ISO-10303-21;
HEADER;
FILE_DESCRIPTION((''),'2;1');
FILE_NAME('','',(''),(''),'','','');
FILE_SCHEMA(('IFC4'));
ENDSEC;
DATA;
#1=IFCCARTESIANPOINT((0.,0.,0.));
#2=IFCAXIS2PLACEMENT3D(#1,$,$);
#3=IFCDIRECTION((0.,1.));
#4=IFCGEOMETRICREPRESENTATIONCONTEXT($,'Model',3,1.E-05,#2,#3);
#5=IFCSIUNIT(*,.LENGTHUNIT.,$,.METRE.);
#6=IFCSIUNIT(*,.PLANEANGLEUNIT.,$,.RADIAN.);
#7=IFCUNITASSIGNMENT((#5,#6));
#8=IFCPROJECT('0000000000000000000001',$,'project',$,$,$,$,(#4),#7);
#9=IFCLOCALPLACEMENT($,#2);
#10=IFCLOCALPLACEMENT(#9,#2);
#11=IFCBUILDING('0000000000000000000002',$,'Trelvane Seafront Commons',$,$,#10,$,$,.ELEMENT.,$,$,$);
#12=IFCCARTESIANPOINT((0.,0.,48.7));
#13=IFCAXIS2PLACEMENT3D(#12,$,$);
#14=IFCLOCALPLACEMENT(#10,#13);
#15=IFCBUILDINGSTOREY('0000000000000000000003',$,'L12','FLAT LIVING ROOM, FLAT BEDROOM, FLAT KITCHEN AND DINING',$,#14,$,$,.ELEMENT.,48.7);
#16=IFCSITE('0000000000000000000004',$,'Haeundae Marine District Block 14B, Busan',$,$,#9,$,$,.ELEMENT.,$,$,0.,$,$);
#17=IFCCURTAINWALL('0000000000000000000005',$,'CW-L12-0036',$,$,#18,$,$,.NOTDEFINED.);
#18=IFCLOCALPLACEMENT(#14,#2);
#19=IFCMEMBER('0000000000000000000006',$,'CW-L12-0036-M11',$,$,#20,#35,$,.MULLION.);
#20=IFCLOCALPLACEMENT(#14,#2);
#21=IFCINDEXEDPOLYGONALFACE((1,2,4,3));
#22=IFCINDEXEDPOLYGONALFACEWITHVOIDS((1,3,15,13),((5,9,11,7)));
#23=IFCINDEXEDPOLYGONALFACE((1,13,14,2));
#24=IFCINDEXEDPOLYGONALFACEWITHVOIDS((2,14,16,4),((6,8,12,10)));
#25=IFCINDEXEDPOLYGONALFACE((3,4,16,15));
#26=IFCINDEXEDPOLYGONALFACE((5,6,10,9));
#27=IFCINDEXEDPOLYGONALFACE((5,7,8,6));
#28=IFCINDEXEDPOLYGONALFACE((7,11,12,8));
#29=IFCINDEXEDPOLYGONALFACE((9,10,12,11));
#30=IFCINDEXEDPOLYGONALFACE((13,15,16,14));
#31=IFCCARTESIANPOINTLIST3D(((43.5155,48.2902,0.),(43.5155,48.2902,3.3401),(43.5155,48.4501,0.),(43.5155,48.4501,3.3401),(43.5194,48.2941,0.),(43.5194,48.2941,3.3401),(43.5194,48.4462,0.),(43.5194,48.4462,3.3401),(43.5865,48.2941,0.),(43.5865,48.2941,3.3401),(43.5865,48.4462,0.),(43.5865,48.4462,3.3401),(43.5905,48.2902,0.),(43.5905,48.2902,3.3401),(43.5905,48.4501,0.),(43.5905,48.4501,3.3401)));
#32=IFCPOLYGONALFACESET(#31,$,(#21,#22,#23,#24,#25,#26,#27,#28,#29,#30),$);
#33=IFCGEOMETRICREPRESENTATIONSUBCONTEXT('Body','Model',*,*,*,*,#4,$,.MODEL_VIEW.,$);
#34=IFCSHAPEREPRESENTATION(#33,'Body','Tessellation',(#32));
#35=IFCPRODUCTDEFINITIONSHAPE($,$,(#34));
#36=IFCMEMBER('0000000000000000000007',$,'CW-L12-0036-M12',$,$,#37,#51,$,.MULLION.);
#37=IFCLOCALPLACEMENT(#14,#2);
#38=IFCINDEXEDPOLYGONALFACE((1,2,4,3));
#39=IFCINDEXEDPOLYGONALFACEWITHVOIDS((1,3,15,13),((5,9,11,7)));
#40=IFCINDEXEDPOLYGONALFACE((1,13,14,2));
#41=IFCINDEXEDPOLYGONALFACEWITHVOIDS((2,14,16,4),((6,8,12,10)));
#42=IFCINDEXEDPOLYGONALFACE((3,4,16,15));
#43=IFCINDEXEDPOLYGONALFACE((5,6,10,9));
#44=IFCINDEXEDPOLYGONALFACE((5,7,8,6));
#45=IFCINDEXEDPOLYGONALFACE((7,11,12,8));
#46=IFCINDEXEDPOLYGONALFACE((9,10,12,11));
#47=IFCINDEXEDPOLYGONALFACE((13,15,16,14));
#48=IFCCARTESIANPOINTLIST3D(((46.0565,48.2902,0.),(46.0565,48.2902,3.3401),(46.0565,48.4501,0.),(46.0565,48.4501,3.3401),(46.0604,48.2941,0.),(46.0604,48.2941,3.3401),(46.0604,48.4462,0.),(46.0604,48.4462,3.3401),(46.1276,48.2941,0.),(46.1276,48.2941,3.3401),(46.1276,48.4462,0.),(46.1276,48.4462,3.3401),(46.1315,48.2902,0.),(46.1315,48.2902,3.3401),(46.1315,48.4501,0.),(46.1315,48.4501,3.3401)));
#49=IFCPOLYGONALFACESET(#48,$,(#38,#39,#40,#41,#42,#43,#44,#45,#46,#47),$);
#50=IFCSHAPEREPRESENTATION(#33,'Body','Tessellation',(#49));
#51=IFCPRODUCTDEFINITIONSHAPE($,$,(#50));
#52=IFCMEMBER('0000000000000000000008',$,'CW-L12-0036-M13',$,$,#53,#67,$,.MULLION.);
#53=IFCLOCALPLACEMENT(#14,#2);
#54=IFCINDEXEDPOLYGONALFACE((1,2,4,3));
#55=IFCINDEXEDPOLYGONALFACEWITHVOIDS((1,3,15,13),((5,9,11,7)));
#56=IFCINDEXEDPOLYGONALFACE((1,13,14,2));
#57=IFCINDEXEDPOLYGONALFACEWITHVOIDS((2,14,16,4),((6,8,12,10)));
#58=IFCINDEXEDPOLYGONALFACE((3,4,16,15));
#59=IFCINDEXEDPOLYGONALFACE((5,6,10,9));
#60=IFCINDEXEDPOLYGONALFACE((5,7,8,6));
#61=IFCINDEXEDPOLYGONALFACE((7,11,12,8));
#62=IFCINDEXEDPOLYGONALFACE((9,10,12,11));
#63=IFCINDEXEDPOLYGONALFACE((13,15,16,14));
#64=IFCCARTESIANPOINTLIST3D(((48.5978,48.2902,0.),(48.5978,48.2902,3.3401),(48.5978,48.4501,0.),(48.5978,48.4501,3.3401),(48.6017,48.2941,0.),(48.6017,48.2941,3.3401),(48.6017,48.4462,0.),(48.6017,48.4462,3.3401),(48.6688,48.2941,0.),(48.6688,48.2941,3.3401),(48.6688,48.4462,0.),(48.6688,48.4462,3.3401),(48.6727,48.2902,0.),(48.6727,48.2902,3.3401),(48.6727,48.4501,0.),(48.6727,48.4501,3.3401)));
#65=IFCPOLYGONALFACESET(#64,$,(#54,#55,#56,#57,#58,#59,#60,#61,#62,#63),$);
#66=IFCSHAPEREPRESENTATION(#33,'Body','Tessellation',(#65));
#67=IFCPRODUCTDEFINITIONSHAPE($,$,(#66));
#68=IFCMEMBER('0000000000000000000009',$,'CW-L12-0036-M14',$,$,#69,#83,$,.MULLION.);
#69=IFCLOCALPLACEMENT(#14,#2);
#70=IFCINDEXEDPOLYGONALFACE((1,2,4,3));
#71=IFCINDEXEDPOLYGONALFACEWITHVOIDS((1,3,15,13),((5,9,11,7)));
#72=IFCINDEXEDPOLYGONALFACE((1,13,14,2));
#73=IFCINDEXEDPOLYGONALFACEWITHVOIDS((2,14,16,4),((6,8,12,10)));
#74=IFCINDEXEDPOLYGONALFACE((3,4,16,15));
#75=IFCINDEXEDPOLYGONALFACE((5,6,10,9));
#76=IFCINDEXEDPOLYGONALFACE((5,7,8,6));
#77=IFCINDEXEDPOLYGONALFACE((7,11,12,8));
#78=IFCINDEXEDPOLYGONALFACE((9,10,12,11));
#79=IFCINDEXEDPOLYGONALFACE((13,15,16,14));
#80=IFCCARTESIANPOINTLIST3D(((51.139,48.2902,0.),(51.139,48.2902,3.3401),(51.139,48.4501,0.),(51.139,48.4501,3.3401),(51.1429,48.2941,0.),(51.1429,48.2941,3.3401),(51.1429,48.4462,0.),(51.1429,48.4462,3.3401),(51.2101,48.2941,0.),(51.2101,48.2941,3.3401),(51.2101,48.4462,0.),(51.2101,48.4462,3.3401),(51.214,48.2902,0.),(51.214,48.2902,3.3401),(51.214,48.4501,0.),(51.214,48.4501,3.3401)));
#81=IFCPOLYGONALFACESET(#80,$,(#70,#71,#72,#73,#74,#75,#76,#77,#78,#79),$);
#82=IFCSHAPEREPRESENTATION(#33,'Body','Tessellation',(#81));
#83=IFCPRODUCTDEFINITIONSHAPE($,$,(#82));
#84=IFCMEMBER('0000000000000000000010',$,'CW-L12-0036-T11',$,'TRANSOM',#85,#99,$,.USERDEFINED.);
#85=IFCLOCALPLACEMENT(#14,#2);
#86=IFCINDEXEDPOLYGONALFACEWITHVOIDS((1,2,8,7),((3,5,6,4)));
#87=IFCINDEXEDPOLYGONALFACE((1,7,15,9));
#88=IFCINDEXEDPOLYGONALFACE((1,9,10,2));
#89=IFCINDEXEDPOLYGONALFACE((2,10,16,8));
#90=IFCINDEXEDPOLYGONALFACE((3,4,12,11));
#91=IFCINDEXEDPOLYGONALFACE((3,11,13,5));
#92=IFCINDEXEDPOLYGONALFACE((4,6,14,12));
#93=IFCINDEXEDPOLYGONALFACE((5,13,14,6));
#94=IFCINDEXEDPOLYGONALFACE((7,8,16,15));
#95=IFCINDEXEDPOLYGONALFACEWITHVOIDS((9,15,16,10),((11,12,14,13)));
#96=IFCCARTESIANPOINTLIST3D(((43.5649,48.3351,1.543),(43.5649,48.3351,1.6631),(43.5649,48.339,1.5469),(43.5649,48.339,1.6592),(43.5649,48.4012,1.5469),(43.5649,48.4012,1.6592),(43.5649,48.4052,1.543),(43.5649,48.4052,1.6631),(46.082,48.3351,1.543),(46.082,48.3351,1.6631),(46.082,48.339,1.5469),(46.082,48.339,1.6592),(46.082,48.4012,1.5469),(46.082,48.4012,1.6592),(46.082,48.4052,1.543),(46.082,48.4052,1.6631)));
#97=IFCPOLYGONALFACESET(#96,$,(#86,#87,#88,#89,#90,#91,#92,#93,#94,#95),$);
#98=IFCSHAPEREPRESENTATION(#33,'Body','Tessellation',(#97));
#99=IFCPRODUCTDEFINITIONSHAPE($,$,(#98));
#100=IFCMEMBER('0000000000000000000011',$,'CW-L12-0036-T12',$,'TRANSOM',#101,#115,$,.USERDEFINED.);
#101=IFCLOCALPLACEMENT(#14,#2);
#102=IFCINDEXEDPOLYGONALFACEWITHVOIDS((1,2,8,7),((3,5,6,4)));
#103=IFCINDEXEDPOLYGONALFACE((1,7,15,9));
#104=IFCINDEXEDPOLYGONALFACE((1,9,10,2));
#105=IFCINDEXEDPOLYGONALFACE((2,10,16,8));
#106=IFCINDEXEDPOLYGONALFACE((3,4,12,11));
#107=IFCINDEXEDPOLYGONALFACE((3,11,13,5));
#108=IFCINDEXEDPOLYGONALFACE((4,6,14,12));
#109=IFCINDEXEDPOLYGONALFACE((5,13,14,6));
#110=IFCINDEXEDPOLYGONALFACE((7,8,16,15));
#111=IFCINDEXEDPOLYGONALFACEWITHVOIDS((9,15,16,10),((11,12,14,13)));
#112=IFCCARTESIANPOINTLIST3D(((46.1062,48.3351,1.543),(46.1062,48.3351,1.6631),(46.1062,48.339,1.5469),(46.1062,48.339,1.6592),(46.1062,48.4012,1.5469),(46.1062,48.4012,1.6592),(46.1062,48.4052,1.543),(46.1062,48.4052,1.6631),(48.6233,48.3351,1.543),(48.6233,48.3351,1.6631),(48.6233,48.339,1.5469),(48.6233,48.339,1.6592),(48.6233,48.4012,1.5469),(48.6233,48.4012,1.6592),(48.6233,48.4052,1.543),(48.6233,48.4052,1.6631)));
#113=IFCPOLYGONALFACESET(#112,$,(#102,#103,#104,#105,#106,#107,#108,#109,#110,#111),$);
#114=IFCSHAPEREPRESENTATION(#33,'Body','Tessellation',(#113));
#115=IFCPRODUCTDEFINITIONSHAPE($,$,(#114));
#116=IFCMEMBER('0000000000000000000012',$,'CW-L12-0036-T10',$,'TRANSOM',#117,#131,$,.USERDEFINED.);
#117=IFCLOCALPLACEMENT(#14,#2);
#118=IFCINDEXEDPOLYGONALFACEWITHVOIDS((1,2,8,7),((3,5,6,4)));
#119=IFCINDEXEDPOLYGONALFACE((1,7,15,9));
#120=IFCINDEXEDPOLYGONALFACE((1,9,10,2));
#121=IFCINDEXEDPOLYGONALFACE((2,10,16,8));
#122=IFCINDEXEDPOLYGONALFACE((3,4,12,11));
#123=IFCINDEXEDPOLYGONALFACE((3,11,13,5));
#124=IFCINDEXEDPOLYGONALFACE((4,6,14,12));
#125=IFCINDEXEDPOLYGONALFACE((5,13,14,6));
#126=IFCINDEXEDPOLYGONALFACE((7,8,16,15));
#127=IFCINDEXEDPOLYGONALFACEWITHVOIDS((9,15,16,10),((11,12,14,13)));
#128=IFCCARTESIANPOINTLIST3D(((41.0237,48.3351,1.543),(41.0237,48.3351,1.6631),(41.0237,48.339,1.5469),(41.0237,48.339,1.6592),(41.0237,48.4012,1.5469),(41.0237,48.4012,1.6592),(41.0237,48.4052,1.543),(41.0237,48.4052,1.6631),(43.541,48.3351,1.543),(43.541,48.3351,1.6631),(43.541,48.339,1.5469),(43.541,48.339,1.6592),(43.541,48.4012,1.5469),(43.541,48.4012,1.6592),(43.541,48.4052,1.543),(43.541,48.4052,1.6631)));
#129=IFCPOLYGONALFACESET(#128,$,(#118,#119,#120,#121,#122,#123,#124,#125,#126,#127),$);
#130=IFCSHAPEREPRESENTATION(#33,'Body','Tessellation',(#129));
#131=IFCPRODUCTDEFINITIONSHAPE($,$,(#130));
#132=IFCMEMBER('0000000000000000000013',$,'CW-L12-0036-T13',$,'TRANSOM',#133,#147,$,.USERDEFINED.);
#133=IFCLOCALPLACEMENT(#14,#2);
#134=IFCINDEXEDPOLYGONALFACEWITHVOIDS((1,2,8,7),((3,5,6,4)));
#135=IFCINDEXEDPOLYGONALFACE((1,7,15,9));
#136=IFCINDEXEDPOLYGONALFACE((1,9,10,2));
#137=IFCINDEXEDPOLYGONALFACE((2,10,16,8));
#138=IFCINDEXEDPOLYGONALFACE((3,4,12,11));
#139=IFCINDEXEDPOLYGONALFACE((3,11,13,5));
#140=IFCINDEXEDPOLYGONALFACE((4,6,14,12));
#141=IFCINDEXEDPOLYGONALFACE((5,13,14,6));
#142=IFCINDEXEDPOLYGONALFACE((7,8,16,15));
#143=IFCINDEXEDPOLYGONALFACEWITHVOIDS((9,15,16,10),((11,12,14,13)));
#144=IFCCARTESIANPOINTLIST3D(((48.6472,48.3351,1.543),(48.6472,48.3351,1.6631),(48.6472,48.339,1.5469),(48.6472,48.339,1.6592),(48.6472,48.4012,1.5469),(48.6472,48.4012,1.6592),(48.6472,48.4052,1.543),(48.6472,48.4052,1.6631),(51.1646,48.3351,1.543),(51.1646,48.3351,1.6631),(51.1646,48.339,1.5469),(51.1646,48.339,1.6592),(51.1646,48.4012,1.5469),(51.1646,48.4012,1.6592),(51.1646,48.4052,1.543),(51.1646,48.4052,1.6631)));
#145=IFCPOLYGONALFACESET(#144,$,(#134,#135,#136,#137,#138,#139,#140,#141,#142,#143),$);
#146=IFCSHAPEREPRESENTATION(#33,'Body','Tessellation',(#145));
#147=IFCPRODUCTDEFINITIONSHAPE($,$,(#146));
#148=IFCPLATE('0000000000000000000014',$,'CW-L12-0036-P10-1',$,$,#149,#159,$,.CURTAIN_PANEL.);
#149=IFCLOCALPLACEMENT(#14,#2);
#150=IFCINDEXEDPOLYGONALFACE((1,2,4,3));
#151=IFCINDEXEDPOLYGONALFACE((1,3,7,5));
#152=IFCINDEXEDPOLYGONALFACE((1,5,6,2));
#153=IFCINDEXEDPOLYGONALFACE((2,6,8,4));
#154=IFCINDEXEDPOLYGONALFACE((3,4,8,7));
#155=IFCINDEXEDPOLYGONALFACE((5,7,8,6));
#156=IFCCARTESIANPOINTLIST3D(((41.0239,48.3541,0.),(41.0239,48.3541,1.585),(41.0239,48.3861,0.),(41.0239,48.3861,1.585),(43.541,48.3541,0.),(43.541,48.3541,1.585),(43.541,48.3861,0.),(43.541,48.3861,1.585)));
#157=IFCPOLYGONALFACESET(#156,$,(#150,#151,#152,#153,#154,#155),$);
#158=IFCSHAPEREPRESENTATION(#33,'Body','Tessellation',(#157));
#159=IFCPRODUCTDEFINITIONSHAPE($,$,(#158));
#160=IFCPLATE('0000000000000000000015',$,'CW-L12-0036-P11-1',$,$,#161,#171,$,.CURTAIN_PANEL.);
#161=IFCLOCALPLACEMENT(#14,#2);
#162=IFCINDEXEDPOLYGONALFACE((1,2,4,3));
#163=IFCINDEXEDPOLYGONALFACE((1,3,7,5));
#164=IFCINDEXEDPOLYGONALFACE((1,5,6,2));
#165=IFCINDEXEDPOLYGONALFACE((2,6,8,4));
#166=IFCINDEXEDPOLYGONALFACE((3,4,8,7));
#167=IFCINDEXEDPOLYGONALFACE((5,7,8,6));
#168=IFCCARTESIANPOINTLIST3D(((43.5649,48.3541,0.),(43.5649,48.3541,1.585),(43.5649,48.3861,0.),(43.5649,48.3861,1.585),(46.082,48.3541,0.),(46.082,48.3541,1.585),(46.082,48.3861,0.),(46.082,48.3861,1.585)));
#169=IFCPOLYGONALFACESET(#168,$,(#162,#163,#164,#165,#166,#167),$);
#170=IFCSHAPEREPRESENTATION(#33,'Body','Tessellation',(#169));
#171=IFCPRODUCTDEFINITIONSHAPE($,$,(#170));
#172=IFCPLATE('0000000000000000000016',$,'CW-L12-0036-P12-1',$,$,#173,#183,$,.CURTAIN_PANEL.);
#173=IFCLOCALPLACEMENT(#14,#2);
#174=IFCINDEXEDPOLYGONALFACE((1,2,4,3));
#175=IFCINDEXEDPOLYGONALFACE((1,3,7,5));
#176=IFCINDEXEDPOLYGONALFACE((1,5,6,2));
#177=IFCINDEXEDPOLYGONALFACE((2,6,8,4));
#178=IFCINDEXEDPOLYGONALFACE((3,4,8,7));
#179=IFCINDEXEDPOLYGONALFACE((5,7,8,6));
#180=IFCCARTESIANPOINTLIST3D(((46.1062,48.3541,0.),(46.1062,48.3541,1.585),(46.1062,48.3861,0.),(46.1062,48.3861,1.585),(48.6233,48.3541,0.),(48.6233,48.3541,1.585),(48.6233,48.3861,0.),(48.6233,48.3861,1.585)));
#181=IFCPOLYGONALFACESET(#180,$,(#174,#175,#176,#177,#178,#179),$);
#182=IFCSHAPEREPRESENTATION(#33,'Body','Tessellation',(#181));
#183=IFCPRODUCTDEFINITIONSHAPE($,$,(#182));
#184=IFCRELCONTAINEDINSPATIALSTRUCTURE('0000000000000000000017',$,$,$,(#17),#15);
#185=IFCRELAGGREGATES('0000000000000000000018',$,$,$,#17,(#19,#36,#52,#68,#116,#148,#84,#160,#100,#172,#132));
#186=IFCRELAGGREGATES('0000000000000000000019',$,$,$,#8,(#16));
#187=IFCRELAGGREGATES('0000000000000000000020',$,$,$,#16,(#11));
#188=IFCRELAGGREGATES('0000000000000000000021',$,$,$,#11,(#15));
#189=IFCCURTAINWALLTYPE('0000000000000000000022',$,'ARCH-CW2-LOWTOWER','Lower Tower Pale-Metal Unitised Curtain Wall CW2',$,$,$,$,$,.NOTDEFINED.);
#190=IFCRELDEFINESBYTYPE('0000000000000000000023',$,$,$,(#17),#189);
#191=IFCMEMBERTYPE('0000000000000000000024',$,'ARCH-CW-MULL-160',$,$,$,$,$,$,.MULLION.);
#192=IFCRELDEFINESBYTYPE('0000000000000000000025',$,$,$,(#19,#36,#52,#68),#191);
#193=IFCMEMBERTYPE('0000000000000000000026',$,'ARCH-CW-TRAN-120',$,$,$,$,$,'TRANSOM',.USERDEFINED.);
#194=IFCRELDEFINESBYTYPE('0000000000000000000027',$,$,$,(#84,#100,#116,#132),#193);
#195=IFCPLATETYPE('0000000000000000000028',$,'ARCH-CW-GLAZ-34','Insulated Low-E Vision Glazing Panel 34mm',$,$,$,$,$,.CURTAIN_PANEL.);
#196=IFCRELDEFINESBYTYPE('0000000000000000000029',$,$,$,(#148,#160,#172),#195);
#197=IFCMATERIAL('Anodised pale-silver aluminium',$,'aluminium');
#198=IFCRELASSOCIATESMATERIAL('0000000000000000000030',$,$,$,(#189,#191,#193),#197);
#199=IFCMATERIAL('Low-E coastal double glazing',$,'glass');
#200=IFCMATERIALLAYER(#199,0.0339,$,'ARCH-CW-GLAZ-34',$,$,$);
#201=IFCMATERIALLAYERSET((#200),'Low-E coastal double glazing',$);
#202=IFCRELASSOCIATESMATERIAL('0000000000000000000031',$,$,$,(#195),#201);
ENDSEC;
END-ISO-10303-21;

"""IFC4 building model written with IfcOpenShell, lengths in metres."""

from ifc_helpers import new_model, si_unit, direction, frame, origin, origin_2d, place, context, subcontext, project, spatial, rectangle, hollow_rectangle, extrude, source, transform, mapped, material, layer, layer_set, material_profile, profile_set, type_object, element, aggregate, save


model = new_model("IFC4")

# Units and contexts
model_context = context("Model", 3, precision=1e-05, world=origin(), true_north=direction((0.0, 1.0)))
body_context = subcontext(model_context, "Body", "Model", "MODEL_VIEW")
ifc_project = project(units=[si_unit("LENGTHUNIT", "METRE"), si_unit("PLANEANGLEUNIT", "RADIAN")], contexts=[model_context])

# Site, building, storey
site_placement = place(None, origin())
site = spatial("IfcSite", under=ifc_project, at=site_placement, Name="Haeundae Marine District Block 14B, Busan", CompositionType="ELEMENT", RefElevation=0.0)
building_placement = place(site_placement, origin())
building = spatial("IfcBuilding", under=site, at=building_placement, Name="Trelvane Seafront Commons", CompositionType="ELEMENT")
storey_placement = place(building_placement, frame((0.0, 0.0, 48.7)))
storey = spatial("IfcBuildingStorey", under=building, at=storey_placement, Name="L12", Description="FLAT LIVING ROOM, FLAT BEDROOM, FLAT KITCHEN AND DINING", CompositionType="ELEMENT", Elevation=48.7)

# Curtain wall, members, plates
ifc_material_1 = material(Name="Anodised pale-silver aluminium", Category="aluminium")
curtain_wall_type = type_object("IfcCurtainWallType", Name="ARCH-CW2-LOWTOWER", Description="Lower Tower Pale-Metal Unitised Curtain Wall CW2", PredefinedType="NOTDEFINED", material=ifc_material_1)
curtain_wall_placement = place(storey_placement, origin())
curtain_wall = element("IfcCurtainWall", 1, at=curtain_wall_placement, inside=storey, type_object=curtain_wall_type, Name="CW-L12-0036", PredefinedType="NOTDEFINED")
ifc_material_profile_1 = material_profile(ifc_material_1, hollow_rectangle(XDim=0.075, YDim=0.1599, WallThickness=0.0039, at=origin_2d()), Name="MULL-75x160x4")
ifc_profile_set_1 = profile_set([ifc_material_profile_1], Name="Anodised pale-silver aluminium")
member_type_1 = type_object("IfcMemberType", Name="ARCH-CW-MULL-160", PredefinedType="MULLION", material=ifc_profile_set_1)
shared_shape_1 = source(origin(), body_context, "Body", "SweptSolid", [
    extrude(hollow_rectangle(XDim=0.075, YDim=0.1599, WallThickness=0.0039, at=origin_2d()), origin(), (0.0, 0.0, 1.0), 3.3401),
])
member_1_placement = place(storey_placement, frame((43.553, 48.3701, 0.0), z_axis=(0.0, 0.0, 1.0), x_axis=(1.0, 0.0, 0.0)))
member_1 = element("IfcMember", 2, at=member_1_placement, type_object=member_type_1, Name="CW-L12-0036-M11", PredefinedType="MULLION", context=body_context, shape_type="MappedRepresentation", body=[
    mapped(shared_shape_1, transform((0.0, 0.0, 0.0), x_axis=(1.0, 0.0, 0.0), y_axis=(0.0, 1.0, 0.0), z_axis=(0.0, 0.0, 1.0), scale=1.0)),
])
member_2_placement = place(storey_placement, frame((46.094, 48.3701, 0.0), z_axis=(0.0, 0.0, 1.0), x_axis=(1.0, 0.0, 0.0)))
member_2 = element("IfcMember", 3, at=member_2_placement, type_object=member_type_1, Name="CW-L12-0036-M12", PredefinedType="MULLION", context=body_context, shape_type="MappedRepresentation", body=[
    mapped(shared_shape_1, transform((0.0, 0.0, 0.0), x_axis=(1.0, 0.0, 0.0), y_axis=(0.0, 1.0, 0.0), z_axis=(0.0, 0.0, 1.0), scale=1.0)),
])
member_3_placement = place(storey_placement, frame((48.6353, 48.3701, 0.0), z_axis=(0.0, 0.0, 1.0), x_axis=(1.0, 0.0, 0.0)))
member_3 = element("IfcMember", 4, at=member_3_placement, type_object=member_type_1, Name="CW-L12-0036-M13", PredefinedType="MULLION", context=body_context, shape_type="MappedRepresentation", body=[
    mapped(shared_shape_1, transform((0.0, 0.0, 0.0), x_axis=(1.0, 0.0, 0.0), y_axis=(0.0, 1.0, 0.0), z_axis=(0.0, 0.0, 1.0), scale=1.0)),
])
member_4_placement = place(storey_placement, frame((51.1765, 48.3701, 0.0), z_axis=(0.0, 0.0, 1.0), x_axis=(1.0, 0.0, 0.0)))
member_4 = element("IfcMember", 5, at=member_4_placement, type_object=member_type_1, Name="CW-L12-0036-M14", PredefinedType="MULLION", context=body_context, shape_type="MappedRepresentation", body=[
    mapped(shared_shape_1, transform((0.0, 0.0, 0.0), x_axis=(1.0, 0.0, 0.0), y_axis=(0.0, 1.0, 0.0), z_axis=(0.0, 0.0, 1.0), scale=1.0)),
])
ifc_material_profile_2 = material_profile(ifc_material_1, hollow_rectangle(XDim=0.0701, YDim=0.1201, WallThickness=0.0039, at=origin_2d()), Name="TRAN-70x120x4")
ifc_profile_set_2 = profile_set([ifc_material_profile_2], Name="Anodised pale-silver aluminium")
member_type_2 = type_object("IfcMemberType", Name="ARCH-CW-TRAN-120", ElementType="TRANSOM", PredefinedType="USERDEFINED", material=ifc_profile_set_2)
shared_shape_2 = source(origin(), body_context, "Body", "SweptSolid", [
    extrude(hollow_rectangle(XDim=0.0701, YDim=0.1201, WallThickness=0.0039, at=origin_2d()), origin(), (0.0, 0.0, 1.0), 2.5171),
])
member_5_placement = place(storey_placement, frame((43.5649, 48.3701, 1.603), z_axis=(1.0, 0.0, 0.0), x_axis=(0.0, 1.0, 0.0)))
member_5 = element("IfcMember", 6, at=member_5_placement, type_object=member_type_2, Name="CW-L12-0036-T11", ObjectType="TRANSOM", PredefinedType="USERDEFINED", context=body_context, shape_type="MappedRepresentation", body=[
    mapped(shared_shape_2, transform((0.0, 0.0, 0.0), x_axis=(1.0, 0.0, 0.0), y_axis=(0.0, 1.0, 0.0), z_axis=(0.0, 0.0, 1.0), scale=1.0)),
])
member_6_placement = place(storey_placement, frame((46.1062, 48.3701, 1.603), z_axis=(1.0, 0.0, 0.0), x_axis=(0.0, 1.0, 0.0)))
member_6 = element("IfcMember", 7, at=member_6_placement, type_object=member_type_2, Name="CW-L12-0036-T12", ObjectType="TRANSOM", PredefinedType="USERDEFINED", context=body_context, shape_type="MappedRepresentation", body=[
    mapped(shared_shape_2, transform((0.0, 0.0, 0.0), x_axis=(1.0, 0.0, 0.0), y_axis=(0.0, 1.0, 0.0), z_axis=(0.0, 0.0, 1.0), scale=1.0)),
])
shared_shape_3 = source(origin(), body_context, "Body", "SweptSolid", [
    extrude(hollow_rectangle(XDim=0.0701, YDim=0.1201, WallThickness=0.0039, at=origin_2d()), origin(), (0.0, 0.0, 1.0), 2.5173),
])
member_7_placement = place(storey_placement, frame((41.0237, 48.3701, 1.603), z_axis=(1.0, 0.0, 0.0), x_axis=(0.0, 1.0, 0.0)))
member_7 = element("IfcMember", 8, at=member_7_placement, type_object=member_type_2, Name="CW-L12-0036-T10", ObjectType="TRANSOM", PredefinedType="USERDEFINED", context=body_context, shape_type="MappedRepresentation", body=[
    mapped(shared_shape_3, transform((0.0, 0.0, 0.0), x_axis=(1.0, 0.0, 0.0), y_axis=(0.0, 1.0, 0.0), z_axis=(0.0, 0.0, 1.0), scale=1.0)),
])
member_8_placement = place(storey_placement, frame((48.6472, 48.3701, 1.603), z_axis=(1.0, 0.0, 0.0), x_axis=(0.0, 1.0, 0.0)))
member_8 = element("IfcMember", 9, at=member_8_placement, type_object=member_type_2, Name="CW-L12-0036-T13", ObjectType="TRANSOM", PredefinedType="USERDEFINED", context=body_context, shape_type="MappedRepresentation", body=[
    mapped(shared_shape_3, transform((0.0, 0.0, 0.0), x_axis=(1.0, 0.0, 0.0), y_axis=(0.0, 1.0, 0.0), z_axis=(0.0, 0.0, 1.0), scale=1.0)),
])
ifc_material_2 = material(Name="Low-E coastal double glazing", Category="glass")
ifc_layer_1 = layer(ifc_material_2, 0.0339, Name="ARCH-CW-GLAZ-34")
ifc_layer_set_1 = layer_set([ifc_layer_1], Name="Low-E coastal double glazing")
plate_type_1 = type_object("IfcPlateType", Name="ARCH-CW-GLAZ-34", Description="Insulated Low-E Vision Glazing Panel 34mm", PredefinedType="CURTAIN_PANEL", material=ifc_layer_set_1)
shared_shape_4 = source(origin(), body_context, "Body", "SweptSolid", [
    extrude(rectangle(XDim=2.5171, YDim=0.032, at=origin_2d()), origin(), (0.0, 0.0, 1.0), 1.585),
])
plate_1_placement = place(storey_placement, frame((42.2825, 48.3701, 0.0), z_axis=(0.0, 0.0, 1.0), x_axis=(1.0, 0.0, 0.0)))
plate_1 = element("IfcPlate", 10, at=plate_1_placement, type_object=plate_type_1, Name="CW-L12-0036-P10-1", PredefinedType="CURTAIN_PANEL", context=body_context, shape_type="MappedRepresentation", body=[
    mapped(shared_shape_4, transform((0.0, 0.0, 0.0), x_axis=(1.0, 0.0, 0.0), y_axis=(0.0, 1.0, 0.0), z_axis=(0.0, 0.0, 1.0), scale=1.0)),
])
plate_2_placement = place(storey_placement, frame((44.8235, 48.3701, 0.0), z_axis=(0.0, 0.0, 1.0), x_axis=(1.0, 0.0, 0.0)))
plate_2 = element("IfcPlate", 11, at=plate_2_placement, type_object=plate_type_1, Name="CW-L12-0036-P11-1", PredefinedType="CURTAIN_PANEL", context=body_context, shape_type="MappedRepresentation", body=[
    mapped(shared_shape_4, transform((0.0, 0.0, 0.0), x_axis=(1.0, 0.0, 0.0), y_axis=(0.0, 1.0, 0.0), z_axis=(0.0, 0.0, 1.0), scale=1.0)),
])
plate_3_placement = place(storey_placement, frame((47.3647, 48.3701, 0.0), z_axis=(0.0, 0.0, 1.0), x_axis=(1.0, 0.0, 0.0)))
plate_3 = element("IfcPlate", 12, at=plate_3_placement, type_object=plate_type_1, Name="CW-L12-0036-P12-1", PredefinedType="CURTAIN_PANEL", context=body_context, shape_type="MappedRepresentation", body=[
    mapped(shared_shape_4, transform((0.0, 0.0, 0.0), x_axis=(1.0, 0.0, 0.0), y_axis=(0.0, 1.0, 0.0), z_axis=(0.0, 0.0, 1.0), scale=1.0)),
])
aggregate(curtain_wall, [member_1, member_2, member_3, member_4, member_7, plate_1, member_5, plate_2, member_6, plate_3, member_8])

save(model, "model.ifc")
